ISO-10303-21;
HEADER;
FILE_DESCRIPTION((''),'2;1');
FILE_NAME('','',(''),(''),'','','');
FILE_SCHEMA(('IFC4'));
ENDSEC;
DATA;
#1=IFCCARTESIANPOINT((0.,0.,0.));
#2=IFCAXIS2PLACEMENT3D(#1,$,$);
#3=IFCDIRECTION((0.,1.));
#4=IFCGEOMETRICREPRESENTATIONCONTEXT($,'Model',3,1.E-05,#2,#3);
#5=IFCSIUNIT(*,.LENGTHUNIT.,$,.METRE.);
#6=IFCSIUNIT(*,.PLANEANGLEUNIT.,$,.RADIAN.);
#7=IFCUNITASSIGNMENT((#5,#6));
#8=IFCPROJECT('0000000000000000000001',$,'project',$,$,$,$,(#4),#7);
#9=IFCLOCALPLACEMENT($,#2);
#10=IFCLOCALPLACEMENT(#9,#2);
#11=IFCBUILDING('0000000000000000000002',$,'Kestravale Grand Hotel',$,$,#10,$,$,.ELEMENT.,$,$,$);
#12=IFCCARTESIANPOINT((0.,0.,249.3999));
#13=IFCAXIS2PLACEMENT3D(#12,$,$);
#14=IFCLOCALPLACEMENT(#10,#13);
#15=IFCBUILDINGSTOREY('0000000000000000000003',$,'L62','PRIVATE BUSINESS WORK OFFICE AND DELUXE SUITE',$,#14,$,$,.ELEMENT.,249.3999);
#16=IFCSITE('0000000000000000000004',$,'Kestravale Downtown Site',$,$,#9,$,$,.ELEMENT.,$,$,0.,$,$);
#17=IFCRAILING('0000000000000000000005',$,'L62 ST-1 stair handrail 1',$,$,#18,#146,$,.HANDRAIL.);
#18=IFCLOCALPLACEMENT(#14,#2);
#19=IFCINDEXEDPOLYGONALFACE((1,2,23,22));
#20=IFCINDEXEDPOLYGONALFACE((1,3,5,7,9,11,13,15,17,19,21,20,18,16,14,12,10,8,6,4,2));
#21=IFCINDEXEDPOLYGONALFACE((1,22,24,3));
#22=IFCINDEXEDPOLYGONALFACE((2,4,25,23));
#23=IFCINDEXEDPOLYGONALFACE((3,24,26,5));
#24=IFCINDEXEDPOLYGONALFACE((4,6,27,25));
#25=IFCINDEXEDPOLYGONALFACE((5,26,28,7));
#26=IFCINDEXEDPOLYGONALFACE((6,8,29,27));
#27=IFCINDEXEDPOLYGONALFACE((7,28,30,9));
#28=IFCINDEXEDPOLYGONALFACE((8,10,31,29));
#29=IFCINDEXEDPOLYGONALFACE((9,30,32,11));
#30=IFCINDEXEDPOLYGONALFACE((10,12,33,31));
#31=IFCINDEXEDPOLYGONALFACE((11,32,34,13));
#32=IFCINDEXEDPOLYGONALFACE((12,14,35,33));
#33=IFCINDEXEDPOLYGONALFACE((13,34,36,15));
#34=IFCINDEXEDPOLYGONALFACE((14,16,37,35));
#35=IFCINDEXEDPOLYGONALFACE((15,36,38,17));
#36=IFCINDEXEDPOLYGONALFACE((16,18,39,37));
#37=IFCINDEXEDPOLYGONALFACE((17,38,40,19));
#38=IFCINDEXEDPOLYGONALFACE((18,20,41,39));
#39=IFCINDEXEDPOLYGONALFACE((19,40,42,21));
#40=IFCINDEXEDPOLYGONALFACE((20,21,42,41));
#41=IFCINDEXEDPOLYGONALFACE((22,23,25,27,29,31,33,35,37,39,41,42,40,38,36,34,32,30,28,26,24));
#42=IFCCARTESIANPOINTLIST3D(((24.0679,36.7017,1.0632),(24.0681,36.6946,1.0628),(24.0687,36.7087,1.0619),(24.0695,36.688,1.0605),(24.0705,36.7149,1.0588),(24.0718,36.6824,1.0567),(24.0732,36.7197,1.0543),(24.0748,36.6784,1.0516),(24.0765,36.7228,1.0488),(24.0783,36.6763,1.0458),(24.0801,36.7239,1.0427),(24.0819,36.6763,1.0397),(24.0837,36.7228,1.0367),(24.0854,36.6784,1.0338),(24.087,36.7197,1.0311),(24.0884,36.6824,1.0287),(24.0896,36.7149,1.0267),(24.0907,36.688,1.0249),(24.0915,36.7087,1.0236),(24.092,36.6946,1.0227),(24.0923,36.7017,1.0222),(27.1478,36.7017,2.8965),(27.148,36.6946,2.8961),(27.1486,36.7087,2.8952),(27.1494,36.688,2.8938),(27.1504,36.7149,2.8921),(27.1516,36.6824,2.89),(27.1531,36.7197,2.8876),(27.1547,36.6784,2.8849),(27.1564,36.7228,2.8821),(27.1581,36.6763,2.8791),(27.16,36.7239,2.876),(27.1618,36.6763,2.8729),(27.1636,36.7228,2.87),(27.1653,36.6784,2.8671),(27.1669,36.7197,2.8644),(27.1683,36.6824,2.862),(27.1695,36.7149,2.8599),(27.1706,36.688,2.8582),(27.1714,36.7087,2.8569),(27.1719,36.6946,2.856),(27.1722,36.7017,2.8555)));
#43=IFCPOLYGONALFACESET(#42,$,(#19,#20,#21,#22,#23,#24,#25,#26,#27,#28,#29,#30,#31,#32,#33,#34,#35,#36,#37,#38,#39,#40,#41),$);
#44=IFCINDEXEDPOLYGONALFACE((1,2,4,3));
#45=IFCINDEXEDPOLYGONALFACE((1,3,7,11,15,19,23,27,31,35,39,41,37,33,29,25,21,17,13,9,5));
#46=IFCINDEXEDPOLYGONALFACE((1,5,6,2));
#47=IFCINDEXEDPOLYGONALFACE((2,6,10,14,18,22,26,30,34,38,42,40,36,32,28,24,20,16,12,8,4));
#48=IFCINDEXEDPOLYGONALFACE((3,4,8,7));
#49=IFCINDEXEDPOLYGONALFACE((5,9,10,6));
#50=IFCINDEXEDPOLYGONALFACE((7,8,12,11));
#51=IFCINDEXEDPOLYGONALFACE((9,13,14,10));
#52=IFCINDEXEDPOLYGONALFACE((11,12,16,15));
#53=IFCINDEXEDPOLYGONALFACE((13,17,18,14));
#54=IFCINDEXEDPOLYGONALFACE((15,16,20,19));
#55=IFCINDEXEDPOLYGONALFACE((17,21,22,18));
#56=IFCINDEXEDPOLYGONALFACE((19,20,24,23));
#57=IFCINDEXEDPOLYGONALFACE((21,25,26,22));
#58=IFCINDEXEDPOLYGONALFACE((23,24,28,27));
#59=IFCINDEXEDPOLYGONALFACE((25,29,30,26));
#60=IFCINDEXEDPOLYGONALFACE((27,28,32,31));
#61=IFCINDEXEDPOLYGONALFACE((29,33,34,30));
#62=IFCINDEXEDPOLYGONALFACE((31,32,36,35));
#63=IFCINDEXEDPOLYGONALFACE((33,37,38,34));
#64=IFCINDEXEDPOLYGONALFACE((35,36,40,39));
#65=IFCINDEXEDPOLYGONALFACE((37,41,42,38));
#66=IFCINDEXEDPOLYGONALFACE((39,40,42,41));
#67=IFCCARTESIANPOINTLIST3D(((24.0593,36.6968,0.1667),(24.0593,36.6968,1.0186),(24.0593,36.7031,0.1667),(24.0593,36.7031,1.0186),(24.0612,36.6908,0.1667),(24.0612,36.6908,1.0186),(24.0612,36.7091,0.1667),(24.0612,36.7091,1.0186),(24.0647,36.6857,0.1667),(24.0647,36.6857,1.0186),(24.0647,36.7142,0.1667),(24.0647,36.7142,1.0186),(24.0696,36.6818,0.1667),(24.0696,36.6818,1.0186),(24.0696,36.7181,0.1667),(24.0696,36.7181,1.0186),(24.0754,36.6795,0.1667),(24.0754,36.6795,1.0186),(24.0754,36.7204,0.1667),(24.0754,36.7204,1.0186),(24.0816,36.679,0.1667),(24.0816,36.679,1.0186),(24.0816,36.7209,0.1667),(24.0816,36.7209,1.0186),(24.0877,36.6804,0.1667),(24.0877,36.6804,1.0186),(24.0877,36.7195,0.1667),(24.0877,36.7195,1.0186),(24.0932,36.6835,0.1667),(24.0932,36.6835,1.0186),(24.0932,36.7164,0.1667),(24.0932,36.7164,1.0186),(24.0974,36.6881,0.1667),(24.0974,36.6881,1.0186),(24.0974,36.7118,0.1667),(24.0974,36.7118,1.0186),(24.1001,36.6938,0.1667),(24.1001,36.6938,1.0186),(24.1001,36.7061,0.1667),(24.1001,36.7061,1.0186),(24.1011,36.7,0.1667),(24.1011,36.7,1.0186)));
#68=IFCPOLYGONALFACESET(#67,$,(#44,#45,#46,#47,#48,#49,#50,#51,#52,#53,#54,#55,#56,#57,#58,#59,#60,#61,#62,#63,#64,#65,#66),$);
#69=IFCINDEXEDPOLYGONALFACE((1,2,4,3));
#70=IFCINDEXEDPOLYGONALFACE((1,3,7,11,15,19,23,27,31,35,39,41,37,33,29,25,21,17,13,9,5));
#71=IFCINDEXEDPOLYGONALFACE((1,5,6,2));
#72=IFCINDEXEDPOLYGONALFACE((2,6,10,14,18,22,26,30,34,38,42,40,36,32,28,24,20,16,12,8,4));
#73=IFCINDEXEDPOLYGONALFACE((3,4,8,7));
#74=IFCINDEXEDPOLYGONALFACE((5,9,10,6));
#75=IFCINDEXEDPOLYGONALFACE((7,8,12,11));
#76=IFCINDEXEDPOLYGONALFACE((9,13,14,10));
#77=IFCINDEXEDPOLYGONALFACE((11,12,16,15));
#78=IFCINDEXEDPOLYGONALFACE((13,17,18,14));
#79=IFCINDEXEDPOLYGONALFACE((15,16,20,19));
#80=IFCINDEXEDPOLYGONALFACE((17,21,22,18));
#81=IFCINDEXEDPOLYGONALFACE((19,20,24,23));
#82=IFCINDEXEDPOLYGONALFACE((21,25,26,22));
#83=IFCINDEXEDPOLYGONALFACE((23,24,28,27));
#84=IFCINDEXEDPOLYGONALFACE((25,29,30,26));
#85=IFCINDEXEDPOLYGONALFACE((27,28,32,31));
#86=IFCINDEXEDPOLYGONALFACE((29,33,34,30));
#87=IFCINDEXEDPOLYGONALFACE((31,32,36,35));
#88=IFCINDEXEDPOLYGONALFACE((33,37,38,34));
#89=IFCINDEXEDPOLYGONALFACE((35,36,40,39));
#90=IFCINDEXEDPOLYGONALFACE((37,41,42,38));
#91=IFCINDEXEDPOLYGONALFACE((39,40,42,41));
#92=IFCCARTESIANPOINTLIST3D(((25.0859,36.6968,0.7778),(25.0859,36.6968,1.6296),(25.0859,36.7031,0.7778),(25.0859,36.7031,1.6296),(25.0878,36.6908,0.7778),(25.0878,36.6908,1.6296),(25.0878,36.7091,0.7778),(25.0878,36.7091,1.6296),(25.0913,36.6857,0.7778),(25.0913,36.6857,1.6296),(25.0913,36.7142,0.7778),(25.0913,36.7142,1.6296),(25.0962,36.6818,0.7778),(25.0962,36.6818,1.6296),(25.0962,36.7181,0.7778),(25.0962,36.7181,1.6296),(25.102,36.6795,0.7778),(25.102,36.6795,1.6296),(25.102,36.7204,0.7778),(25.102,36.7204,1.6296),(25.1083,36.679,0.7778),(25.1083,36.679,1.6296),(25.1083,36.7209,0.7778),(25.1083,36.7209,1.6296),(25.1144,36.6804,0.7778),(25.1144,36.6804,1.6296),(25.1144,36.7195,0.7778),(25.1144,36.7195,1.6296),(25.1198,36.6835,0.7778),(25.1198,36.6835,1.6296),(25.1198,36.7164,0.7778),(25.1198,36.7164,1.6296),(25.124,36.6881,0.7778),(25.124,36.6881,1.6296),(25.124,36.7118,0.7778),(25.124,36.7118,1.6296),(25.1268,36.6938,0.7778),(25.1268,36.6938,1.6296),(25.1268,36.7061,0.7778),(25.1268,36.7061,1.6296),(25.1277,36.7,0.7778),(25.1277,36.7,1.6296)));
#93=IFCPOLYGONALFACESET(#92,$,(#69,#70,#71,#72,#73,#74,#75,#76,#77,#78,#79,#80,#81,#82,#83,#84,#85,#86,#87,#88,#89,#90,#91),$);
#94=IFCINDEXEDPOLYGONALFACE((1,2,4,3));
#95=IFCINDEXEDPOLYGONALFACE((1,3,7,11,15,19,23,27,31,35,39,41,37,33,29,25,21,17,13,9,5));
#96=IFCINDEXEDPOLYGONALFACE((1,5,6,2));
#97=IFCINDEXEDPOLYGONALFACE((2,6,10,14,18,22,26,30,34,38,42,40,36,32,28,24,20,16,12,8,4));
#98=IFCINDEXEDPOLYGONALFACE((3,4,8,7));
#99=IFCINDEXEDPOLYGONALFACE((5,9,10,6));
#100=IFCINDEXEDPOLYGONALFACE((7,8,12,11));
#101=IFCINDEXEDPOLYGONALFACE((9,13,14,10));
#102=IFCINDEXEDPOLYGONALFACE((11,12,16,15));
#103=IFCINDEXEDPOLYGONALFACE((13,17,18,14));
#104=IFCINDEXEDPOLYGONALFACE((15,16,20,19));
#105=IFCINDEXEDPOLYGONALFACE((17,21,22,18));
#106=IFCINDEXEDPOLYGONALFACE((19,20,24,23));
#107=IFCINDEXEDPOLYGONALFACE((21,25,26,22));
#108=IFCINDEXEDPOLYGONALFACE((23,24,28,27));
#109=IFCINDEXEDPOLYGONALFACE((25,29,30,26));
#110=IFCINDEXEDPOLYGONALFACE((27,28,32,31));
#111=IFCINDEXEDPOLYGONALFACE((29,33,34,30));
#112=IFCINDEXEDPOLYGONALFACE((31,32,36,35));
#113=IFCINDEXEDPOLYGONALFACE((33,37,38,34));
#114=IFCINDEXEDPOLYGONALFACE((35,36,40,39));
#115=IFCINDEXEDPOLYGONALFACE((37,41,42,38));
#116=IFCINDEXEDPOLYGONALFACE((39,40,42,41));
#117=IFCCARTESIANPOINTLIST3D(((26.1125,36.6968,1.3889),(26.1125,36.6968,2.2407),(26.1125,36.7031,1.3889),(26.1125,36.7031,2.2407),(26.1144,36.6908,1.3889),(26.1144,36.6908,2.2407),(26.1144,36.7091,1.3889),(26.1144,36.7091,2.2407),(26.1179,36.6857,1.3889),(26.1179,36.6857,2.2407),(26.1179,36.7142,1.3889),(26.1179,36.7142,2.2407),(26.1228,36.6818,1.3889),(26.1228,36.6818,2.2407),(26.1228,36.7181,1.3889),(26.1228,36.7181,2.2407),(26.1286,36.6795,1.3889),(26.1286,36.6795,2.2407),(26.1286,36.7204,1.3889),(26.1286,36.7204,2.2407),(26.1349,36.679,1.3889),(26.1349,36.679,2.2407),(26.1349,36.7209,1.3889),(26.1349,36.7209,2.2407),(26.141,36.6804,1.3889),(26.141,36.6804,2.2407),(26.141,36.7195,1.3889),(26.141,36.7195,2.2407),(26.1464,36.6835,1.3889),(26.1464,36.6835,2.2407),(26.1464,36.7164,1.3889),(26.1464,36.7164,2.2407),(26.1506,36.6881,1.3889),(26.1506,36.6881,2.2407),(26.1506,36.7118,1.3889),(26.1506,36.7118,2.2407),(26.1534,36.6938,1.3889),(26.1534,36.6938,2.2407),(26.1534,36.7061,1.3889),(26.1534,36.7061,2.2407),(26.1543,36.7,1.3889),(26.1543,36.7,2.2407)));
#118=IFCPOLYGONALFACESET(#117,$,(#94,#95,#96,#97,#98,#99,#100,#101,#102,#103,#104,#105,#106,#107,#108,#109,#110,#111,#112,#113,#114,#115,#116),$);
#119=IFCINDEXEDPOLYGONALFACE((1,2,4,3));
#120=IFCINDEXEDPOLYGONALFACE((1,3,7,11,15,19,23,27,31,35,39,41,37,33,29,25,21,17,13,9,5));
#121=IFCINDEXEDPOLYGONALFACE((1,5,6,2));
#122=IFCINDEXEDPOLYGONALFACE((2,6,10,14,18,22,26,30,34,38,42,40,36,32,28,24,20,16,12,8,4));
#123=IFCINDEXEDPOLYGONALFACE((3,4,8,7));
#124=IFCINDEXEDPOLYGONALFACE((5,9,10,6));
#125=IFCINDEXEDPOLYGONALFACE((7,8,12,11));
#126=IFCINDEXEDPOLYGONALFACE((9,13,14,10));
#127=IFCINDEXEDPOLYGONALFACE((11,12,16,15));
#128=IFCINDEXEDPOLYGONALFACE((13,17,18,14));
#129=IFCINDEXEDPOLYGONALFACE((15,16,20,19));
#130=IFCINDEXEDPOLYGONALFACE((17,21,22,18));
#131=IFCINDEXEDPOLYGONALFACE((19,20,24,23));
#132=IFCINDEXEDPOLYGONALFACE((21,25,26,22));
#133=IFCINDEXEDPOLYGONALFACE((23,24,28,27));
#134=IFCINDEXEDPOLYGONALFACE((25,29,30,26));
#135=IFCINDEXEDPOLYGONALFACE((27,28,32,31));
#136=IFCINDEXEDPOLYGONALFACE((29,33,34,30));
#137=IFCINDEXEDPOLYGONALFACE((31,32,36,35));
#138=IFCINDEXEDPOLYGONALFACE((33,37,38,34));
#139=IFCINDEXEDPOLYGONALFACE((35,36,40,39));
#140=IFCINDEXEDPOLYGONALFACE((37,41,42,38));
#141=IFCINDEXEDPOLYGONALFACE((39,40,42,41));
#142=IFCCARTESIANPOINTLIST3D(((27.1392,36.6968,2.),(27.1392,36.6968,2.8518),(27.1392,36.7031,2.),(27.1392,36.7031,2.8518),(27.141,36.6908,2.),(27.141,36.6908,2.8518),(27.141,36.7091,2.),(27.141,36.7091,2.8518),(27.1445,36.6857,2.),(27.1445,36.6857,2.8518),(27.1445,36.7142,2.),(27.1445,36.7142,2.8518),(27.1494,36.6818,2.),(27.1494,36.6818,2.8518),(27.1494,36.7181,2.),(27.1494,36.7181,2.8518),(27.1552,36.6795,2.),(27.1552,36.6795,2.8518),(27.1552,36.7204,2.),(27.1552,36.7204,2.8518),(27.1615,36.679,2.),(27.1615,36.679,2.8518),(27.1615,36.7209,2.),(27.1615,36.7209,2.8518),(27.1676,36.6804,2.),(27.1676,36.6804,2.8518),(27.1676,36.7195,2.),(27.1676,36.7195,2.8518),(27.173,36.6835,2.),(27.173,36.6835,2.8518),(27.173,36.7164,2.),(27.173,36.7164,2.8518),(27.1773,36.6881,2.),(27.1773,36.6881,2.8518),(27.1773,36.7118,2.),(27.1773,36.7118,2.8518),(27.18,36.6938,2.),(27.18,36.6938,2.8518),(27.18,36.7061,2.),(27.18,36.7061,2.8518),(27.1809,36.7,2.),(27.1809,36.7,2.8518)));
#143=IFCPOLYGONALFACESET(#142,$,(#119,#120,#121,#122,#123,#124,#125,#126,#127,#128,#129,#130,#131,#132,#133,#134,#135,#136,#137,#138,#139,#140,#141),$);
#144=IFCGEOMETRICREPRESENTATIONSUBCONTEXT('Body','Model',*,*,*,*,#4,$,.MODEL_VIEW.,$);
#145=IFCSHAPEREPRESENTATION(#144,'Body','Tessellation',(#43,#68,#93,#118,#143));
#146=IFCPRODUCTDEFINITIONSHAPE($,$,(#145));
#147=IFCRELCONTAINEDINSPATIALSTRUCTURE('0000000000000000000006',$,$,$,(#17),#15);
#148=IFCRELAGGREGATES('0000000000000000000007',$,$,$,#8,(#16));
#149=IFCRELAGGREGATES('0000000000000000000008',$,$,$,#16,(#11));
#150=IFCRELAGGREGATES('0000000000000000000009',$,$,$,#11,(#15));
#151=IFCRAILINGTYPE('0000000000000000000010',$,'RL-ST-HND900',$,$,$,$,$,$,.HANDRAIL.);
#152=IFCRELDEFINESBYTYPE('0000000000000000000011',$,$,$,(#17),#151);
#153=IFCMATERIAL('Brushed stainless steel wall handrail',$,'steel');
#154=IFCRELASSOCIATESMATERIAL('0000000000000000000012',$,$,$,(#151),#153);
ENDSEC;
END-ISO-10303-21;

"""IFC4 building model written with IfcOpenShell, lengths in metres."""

from ifc_helpers import new_model, si_unit, direction, frame, origin, origin_2d, place, context, subcontext, project, spatial, circle, extrude, material, type_object, element, save


model = new_model("IFC4")

# Units and contexts
model_context = context("Model", 3, precision=1e-05, world=origin(), true_north=direction((0.0, 1.0)))
body_context = subcontext(model_context, "Body", "Model", "MODEL_VIEW")
ifc_project = project(units=[si_unit("LENGTHUNIT", "METRE"), si_unit("PLANEANGLEUNIT", "RADIAN")], contexts=[model_context])

# Site, building, storey
site_placement = place(None, origin())
site = spatial("IfcSite", under=ifc_project, at=site_placement, Name="Kestravale Downtown Site", CompositionType="ELEMENT", RefElevation=0.0)
building_placement = place(site_placement, origin())
building = spatial("IfcBuilding", under=site, at=building_placement, Name="Kestravale Grand Hotel", CompositionType="ELEMENT")
storey_placement = place(building_placement, frame((0.0, 0.0, 249.3999)))
storey = spatial("IfcBuildingStorey", under=building, at=storey_placement, Name="L62", Description="PRIVATE BUSINESS WORK OFFICE AND DELUXE SUITE", CompositionType="ELEMENT", Elevation=249.3999)

# Railing
ifc_material_1 = material(Name="Brushed stainless steel wall handrail", Category="steel")
railing_type_1 = type_object("IfcRailingType", Name="RL-ST-HND900", PredefinedType="HANDRAIL", material=ifc_material_1)
railing_1_placement = place(storey_placement, frame((24.0801, 36.7, 0.1667)))
element("IfcRailing", 1, at=railing_1_placement, inside=storey, type_object=railing_type_1, Name="L62 ST-1 stair handrail 1", PredefinedType="HANDRAIL", context=body_context, shape_type="SweptSolid", body=[
    extrude(circle(Radius=0.0239, at=origin_2d()), frame((0.0, 0.0, 0.876), z_axis=(0.859291, 0.0, 0.511487), x_axis=(0.0, 1.0, 0.0)), (0.0, 0.0, 1.0), 3.5842),
    extrude(circle(Radius=0.021, at=origin_2d()), origin(), (0.0, 0.0, 1.0), 0.8518),
    extrude(circle(Radius=0.021, at=origin_2d()), frame((1.0266, 0.0, 0.6111)), (0.0, 0.0, 1.0), 0.8518),
    extrude(circle(Radius=0.021, at=origin_2d()), frame((2.0532, 0.0, 1.2222)), (0.0, 0.0, 1.0), 0.8518),
    extrude(circle(Radius=0.021, at=origin_2d()), frame((3.0798, 0.0, 1.8333)), (0.0, 0.0, 1.0), 0.8518),
])

save(model, "model.ifc")
